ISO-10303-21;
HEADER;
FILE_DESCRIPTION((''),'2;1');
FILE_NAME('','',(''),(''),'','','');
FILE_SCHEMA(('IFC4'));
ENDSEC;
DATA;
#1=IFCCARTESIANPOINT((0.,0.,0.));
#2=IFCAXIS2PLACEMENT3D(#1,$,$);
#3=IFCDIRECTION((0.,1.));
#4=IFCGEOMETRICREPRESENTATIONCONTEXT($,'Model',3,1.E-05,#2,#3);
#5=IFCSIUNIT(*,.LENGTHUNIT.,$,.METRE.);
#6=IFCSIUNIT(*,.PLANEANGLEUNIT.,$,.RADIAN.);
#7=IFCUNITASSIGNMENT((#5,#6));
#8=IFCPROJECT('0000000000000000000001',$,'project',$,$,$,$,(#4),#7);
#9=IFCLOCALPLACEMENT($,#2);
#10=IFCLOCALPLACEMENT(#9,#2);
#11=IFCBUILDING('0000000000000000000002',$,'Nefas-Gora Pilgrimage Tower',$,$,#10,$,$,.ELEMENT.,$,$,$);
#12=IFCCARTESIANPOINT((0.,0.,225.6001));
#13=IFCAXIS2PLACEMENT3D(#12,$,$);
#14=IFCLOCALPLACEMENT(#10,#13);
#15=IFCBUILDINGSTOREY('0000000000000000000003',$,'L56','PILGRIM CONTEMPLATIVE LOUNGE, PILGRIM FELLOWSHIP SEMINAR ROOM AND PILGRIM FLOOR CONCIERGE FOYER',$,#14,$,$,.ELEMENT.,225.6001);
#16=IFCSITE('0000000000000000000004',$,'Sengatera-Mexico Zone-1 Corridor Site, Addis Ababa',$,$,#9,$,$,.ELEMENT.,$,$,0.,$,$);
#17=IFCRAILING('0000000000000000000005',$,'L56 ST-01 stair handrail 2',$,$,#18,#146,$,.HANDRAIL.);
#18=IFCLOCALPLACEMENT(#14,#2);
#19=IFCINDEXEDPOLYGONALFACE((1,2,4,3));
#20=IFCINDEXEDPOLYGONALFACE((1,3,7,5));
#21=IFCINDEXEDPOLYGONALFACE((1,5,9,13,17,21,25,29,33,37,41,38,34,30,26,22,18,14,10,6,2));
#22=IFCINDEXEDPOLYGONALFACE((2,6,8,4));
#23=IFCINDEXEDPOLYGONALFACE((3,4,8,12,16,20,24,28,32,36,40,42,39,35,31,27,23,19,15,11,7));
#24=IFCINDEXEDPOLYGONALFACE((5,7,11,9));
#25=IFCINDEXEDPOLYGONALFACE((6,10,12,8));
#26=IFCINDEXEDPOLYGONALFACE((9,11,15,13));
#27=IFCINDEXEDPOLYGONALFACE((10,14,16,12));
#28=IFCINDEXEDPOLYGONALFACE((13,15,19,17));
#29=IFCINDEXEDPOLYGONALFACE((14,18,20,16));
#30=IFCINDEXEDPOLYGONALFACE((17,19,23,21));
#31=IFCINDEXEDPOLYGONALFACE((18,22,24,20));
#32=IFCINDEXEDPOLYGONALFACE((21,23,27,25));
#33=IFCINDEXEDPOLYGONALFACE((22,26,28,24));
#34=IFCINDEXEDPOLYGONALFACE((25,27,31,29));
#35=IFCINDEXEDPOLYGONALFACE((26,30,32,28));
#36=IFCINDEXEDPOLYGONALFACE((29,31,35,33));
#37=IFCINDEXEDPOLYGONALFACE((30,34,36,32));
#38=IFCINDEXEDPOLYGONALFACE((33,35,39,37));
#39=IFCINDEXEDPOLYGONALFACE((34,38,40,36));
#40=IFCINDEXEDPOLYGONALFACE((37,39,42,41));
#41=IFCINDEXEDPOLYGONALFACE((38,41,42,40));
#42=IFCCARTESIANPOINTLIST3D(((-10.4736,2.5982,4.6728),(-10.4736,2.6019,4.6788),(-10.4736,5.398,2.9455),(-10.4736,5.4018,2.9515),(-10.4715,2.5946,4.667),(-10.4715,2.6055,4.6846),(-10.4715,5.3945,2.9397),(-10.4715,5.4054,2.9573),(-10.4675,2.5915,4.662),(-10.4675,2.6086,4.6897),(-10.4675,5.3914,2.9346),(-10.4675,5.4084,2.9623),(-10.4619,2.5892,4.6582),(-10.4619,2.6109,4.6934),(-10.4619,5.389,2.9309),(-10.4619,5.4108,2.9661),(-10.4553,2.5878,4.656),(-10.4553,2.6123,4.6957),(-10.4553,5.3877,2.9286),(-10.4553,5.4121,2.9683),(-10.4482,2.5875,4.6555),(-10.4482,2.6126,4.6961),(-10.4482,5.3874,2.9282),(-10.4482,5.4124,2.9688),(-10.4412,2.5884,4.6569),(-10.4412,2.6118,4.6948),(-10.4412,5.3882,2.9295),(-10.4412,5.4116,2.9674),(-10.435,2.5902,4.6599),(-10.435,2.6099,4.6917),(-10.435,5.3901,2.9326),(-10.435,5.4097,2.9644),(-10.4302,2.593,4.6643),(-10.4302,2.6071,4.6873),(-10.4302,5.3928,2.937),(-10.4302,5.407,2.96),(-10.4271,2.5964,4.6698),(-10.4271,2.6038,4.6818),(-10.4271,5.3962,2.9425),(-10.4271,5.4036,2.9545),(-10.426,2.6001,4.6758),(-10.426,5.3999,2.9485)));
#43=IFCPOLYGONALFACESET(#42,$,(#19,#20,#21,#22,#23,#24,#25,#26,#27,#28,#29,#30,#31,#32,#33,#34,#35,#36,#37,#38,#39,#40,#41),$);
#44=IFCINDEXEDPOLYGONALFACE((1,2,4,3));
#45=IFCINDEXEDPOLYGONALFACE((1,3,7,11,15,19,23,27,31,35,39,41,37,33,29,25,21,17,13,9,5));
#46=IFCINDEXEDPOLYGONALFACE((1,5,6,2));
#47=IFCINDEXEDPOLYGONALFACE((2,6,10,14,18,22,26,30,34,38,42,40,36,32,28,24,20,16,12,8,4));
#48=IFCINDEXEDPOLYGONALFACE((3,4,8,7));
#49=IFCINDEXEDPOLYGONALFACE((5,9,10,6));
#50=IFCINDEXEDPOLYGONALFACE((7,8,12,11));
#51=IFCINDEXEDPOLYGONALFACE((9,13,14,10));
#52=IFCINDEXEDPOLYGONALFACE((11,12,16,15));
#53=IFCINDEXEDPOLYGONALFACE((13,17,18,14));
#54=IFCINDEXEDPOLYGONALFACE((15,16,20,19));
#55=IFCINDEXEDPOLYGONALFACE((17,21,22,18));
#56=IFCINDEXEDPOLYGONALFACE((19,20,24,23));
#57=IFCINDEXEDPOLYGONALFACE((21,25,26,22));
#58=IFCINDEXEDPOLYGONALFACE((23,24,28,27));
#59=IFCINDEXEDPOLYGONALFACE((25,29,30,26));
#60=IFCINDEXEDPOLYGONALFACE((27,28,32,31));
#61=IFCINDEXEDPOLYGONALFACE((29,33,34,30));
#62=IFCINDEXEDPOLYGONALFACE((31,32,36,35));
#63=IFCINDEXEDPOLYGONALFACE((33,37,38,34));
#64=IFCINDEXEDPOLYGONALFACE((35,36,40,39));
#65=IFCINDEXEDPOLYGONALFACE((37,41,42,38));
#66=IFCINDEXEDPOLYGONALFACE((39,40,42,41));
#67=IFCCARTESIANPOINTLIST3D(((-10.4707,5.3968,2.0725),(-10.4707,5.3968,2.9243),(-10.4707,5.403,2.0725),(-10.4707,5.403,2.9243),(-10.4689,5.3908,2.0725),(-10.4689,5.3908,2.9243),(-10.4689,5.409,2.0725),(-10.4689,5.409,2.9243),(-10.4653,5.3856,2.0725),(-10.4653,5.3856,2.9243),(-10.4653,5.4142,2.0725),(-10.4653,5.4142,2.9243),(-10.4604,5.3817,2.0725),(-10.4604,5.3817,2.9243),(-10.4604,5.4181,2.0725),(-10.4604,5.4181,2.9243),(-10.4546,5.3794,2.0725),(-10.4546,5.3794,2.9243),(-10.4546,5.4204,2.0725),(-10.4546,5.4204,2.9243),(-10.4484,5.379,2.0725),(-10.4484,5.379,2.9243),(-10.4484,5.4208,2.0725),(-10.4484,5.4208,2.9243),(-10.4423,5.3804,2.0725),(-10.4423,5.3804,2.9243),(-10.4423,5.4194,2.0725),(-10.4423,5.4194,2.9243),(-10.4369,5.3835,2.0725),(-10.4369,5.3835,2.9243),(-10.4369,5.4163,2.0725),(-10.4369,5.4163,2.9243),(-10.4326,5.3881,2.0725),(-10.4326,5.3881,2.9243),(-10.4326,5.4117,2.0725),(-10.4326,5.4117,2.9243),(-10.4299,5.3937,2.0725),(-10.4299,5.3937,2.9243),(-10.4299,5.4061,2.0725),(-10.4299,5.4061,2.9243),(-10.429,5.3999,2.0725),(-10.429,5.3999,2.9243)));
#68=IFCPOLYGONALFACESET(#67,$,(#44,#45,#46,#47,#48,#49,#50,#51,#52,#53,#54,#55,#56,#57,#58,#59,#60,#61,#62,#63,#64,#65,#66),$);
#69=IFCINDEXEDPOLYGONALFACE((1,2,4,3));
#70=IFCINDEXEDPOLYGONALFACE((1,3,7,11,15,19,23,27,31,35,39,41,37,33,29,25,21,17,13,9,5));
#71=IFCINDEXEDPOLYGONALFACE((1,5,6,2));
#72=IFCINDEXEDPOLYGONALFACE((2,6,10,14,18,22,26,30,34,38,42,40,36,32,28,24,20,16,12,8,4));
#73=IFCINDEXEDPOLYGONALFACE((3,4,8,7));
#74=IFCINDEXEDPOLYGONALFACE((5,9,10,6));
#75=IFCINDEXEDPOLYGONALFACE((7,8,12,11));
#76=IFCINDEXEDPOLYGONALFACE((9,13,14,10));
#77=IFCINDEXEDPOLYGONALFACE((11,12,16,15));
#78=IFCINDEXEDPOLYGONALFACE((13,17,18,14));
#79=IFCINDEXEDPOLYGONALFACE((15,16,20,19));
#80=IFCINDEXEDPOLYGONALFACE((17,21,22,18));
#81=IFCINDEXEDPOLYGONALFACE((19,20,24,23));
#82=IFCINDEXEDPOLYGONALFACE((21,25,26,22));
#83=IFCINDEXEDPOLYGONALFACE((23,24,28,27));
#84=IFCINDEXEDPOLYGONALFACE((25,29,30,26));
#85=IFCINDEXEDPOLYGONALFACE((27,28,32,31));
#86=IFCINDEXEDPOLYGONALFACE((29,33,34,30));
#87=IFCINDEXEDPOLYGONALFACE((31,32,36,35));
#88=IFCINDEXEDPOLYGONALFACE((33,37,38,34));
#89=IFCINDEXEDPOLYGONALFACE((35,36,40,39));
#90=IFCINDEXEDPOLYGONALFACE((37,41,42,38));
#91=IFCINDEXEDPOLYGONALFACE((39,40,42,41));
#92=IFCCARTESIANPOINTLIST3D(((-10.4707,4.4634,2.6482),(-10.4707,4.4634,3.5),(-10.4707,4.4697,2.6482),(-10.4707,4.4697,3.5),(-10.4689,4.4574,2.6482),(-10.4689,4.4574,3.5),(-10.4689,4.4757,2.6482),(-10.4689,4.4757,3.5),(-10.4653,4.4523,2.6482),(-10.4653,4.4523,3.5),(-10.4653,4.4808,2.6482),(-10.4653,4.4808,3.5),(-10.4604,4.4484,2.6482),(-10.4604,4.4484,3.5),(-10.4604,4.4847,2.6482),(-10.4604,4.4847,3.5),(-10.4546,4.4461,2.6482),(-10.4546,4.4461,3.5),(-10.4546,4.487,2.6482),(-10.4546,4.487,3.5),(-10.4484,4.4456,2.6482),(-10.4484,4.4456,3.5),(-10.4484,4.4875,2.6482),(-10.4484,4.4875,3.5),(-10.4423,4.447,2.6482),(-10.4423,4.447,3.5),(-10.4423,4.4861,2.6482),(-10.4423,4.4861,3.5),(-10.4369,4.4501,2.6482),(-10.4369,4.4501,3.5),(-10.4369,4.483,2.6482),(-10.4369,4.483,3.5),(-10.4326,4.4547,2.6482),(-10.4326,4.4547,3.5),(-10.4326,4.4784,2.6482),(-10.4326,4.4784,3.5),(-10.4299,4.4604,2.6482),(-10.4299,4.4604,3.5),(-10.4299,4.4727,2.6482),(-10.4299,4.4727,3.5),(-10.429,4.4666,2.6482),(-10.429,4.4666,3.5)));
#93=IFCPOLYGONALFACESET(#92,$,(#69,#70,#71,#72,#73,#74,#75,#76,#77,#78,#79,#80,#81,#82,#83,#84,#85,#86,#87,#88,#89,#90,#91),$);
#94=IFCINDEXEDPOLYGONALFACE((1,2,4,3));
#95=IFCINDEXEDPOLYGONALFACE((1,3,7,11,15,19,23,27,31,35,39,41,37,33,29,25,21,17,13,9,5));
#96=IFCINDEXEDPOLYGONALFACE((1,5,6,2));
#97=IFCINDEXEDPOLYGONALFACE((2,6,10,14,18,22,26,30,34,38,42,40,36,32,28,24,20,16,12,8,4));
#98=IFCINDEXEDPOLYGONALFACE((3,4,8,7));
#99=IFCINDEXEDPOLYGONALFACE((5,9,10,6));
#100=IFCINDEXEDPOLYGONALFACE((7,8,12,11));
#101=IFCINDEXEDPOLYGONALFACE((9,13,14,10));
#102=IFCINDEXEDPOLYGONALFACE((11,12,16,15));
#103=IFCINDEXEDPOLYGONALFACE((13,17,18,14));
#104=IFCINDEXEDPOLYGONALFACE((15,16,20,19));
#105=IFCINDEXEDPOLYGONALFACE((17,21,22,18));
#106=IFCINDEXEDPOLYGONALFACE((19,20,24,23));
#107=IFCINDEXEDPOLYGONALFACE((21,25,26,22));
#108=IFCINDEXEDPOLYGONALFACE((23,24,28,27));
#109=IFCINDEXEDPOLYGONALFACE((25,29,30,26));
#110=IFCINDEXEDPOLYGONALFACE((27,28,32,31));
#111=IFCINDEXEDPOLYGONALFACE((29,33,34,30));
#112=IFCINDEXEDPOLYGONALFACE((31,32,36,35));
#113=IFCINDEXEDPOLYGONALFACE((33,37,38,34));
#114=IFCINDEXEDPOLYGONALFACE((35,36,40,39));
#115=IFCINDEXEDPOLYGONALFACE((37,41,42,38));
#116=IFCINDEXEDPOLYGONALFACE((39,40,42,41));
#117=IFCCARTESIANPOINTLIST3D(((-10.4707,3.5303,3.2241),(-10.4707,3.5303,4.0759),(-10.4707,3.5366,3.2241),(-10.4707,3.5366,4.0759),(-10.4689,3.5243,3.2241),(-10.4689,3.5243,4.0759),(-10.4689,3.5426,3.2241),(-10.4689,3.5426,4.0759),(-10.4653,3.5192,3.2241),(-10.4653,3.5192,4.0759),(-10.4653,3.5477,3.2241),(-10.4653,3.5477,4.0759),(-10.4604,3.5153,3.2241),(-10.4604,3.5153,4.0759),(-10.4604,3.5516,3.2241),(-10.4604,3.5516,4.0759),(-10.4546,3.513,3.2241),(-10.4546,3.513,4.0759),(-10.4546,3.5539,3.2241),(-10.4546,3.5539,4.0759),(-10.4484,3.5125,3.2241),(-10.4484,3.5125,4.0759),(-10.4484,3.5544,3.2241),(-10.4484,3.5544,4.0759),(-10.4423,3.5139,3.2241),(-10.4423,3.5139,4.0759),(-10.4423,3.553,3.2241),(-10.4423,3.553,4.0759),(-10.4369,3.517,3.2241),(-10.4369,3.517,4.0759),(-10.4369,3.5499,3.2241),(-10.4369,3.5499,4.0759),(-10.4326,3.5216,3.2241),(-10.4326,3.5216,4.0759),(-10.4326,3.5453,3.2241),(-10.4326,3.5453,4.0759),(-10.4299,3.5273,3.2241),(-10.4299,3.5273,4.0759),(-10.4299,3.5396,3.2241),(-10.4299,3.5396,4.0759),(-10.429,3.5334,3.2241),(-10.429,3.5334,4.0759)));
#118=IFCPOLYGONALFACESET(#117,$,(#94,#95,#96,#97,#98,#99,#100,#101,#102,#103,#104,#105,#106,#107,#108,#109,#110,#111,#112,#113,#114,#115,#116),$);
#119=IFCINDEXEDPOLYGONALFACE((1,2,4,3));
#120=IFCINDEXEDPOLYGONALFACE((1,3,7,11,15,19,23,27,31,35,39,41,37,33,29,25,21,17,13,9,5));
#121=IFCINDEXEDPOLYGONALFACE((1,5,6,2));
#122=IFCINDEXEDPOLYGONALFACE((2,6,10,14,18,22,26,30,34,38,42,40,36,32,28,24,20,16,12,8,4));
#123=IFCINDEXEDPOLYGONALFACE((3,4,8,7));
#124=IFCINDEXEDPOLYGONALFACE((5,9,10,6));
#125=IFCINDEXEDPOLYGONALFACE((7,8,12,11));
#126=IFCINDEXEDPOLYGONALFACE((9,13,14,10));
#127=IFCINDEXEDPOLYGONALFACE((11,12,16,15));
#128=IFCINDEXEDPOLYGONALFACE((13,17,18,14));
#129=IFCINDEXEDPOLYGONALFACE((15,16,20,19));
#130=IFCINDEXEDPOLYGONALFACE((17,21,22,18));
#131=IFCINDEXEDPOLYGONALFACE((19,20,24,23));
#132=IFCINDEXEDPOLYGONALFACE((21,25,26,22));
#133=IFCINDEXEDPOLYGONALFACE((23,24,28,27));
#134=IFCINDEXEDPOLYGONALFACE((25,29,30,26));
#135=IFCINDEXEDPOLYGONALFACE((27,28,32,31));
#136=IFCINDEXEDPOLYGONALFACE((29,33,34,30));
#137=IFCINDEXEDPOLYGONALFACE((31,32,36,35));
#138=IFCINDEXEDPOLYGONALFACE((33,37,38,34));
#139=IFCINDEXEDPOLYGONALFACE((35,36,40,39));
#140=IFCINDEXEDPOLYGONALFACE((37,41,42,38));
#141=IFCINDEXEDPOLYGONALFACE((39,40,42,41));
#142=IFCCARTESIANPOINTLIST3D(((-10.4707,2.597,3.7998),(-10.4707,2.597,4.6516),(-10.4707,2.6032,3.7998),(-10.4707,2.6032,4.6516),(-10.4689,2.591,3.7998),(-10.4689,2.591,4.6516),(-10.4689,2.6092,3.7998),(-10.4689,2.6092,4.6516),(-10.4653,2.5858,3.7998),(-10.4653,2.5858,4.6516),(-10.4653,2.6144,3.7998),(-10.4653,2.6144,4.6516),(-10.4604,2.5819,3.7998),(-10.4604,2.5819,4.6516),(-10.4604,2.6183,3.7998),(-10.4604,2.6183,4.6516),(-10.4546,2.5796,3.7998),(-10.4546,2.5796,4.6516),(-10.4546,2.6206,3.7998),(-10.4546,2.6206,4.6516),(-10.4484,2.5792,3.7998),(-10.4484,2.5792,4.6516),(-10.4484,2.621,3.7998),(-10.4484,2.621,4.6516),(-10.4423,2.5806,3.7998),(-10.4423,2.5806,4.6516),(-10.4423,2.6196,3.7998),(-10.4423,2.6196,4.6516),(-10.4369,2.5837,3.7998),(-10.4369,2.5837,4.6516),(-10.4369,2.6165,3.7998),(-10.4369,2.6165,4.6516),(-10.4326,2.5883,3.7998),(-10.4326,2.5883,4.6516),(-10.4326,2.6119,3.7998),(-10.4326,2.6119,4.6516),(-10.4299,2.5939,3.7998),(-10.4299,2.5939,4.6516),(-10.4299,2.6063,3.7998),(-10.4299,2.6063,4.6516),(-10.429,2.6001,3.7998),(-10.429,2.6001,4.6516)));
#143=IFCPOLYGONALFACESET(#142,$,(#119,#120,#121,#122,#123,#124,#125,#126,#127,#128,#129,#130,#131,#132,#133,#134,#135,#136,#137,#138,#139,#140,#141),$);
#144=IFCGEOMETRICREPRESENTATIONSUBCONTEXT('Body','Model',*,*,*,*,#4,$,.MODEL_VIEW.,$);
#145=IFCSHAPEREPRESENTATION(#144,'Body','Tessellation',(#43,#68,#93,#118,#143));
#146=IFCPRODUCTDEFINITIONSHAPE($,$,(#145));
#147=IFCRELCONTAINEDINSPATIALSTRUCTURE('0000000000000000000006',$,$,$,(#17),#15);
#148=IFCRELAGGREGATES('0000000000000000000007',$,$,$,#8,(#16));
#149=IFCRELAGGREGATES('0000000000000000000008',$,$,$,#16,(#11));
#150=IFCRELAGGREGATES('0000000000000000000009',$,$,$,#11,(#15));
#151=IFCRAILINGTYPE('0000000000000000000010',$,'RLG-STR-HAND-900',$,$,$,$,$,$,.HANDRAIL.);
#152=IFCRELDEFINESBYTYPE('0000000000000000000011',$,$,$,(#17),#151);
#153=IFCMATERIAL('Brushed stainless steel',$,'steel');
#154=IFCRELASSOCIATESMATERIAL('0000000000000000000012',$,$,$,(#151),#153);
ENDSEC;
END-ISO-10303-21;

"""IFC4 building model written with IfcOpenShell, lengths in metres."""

from ifc_helpers import new_model, si_unit, direction, frame, origin, origin_2d, place, context, subcontext, project, spatial, circle, extrude, material, type_object, element, save


model = new_model("IFC4")

# Units and contexts
model_context = context("Model", 3, precision=1e-05, world=origin(), true_north=direction((0.0, 1.0)))
body_context = subcontext(model_context, "Body", "Model", "MODEL_VIEW")
ifc_project = project(units=[si_unit("LENGTHUNIT", "METRE"), si_unit("PLANEANGLEUNIT", "RADIAN")], contexts=[model_context])

# Site, building, storey
site_placement = place(None, origin())
site = spatial("IfcSite", under=ifc_project, at=site_placement, Name="Sengatera-Mexico Zone-1 Corridor Site, Addis Ababa", CompositionType="ELEMENT", RefElevation=0.0)
building_placement = place(site_placement, origin())
building = spatial("IfcBuilding", under=site, at=building_placement, Name="Nefas-Gora Pilgrimage Tower", CompositionType="ELEMENT")
storey_placement = place(building_placement, frame((0.0, 0.0, 225.6001)))
storey = spatial("IfcBuildingStorey", under=building, at=storey_placement, Name="L56", Description="PILGRIM CONTEMPLATIVE LOUNGE, PILGRIM FELLOWSHIP SEMINAR ROOM AND PILGRIM FLOOR CONCIERGE FOYER", CompositionType="ELEMENT", Elevation=225.6001)

# Railing
ifc_material_1 = material(Name="Brushed stainless steel", Category="steel")
railing_type_1 = type_object("IfcRailingType", Name="RLG-STR-HAND-900", PredefinedType="HANDRAIL", material=ifc_material_1)
railing_1_placement = place(storey_placement, frame((-10.45, 5.3999, 2.0725)))
element("IfcRailing", 1, at=railing_1_placement, inside=storey, type_object=railing_type_1, Name="L56 ST-01 stair handrail 2", PredefinedType="HANDRAIL", context=body_context, shape_type="SweptSolid", body=[
    extrude(circle(Radius=0.0239, at=origin_2d()), frame((0.0, 0.0, 0.876), z_axis=(0.0, -0.851069, 0.525054), x_axis=(1.0, 0.0, 0.0)), (0.0, 0.0, 1.0), 3.2898),
    extrude(circle(Radius=0.021, at=origin_2d()), origin(), (0.0, 0.0, 1.0), 0.8518),
    extrude(circle(Radius=0.021, at=origin_2d()), frame((0.0, -0.9333, 0.5757)), (0.0, 0.0, 1.0), 0.8518),
    extrude(circle(Radius=0.021, at=origin_2d()), frame((0.0, -1.8665, 1.1516)), (0.0, 0.0, 1.0), 0.8518),
    extrude(circle(Radius=0.021, at=origin_2d()), frame((0.0, -2.7998, 1.7273)), (0.0, 0.0, 1.0), 0.8518),
])

save(model, "model.ifc")
